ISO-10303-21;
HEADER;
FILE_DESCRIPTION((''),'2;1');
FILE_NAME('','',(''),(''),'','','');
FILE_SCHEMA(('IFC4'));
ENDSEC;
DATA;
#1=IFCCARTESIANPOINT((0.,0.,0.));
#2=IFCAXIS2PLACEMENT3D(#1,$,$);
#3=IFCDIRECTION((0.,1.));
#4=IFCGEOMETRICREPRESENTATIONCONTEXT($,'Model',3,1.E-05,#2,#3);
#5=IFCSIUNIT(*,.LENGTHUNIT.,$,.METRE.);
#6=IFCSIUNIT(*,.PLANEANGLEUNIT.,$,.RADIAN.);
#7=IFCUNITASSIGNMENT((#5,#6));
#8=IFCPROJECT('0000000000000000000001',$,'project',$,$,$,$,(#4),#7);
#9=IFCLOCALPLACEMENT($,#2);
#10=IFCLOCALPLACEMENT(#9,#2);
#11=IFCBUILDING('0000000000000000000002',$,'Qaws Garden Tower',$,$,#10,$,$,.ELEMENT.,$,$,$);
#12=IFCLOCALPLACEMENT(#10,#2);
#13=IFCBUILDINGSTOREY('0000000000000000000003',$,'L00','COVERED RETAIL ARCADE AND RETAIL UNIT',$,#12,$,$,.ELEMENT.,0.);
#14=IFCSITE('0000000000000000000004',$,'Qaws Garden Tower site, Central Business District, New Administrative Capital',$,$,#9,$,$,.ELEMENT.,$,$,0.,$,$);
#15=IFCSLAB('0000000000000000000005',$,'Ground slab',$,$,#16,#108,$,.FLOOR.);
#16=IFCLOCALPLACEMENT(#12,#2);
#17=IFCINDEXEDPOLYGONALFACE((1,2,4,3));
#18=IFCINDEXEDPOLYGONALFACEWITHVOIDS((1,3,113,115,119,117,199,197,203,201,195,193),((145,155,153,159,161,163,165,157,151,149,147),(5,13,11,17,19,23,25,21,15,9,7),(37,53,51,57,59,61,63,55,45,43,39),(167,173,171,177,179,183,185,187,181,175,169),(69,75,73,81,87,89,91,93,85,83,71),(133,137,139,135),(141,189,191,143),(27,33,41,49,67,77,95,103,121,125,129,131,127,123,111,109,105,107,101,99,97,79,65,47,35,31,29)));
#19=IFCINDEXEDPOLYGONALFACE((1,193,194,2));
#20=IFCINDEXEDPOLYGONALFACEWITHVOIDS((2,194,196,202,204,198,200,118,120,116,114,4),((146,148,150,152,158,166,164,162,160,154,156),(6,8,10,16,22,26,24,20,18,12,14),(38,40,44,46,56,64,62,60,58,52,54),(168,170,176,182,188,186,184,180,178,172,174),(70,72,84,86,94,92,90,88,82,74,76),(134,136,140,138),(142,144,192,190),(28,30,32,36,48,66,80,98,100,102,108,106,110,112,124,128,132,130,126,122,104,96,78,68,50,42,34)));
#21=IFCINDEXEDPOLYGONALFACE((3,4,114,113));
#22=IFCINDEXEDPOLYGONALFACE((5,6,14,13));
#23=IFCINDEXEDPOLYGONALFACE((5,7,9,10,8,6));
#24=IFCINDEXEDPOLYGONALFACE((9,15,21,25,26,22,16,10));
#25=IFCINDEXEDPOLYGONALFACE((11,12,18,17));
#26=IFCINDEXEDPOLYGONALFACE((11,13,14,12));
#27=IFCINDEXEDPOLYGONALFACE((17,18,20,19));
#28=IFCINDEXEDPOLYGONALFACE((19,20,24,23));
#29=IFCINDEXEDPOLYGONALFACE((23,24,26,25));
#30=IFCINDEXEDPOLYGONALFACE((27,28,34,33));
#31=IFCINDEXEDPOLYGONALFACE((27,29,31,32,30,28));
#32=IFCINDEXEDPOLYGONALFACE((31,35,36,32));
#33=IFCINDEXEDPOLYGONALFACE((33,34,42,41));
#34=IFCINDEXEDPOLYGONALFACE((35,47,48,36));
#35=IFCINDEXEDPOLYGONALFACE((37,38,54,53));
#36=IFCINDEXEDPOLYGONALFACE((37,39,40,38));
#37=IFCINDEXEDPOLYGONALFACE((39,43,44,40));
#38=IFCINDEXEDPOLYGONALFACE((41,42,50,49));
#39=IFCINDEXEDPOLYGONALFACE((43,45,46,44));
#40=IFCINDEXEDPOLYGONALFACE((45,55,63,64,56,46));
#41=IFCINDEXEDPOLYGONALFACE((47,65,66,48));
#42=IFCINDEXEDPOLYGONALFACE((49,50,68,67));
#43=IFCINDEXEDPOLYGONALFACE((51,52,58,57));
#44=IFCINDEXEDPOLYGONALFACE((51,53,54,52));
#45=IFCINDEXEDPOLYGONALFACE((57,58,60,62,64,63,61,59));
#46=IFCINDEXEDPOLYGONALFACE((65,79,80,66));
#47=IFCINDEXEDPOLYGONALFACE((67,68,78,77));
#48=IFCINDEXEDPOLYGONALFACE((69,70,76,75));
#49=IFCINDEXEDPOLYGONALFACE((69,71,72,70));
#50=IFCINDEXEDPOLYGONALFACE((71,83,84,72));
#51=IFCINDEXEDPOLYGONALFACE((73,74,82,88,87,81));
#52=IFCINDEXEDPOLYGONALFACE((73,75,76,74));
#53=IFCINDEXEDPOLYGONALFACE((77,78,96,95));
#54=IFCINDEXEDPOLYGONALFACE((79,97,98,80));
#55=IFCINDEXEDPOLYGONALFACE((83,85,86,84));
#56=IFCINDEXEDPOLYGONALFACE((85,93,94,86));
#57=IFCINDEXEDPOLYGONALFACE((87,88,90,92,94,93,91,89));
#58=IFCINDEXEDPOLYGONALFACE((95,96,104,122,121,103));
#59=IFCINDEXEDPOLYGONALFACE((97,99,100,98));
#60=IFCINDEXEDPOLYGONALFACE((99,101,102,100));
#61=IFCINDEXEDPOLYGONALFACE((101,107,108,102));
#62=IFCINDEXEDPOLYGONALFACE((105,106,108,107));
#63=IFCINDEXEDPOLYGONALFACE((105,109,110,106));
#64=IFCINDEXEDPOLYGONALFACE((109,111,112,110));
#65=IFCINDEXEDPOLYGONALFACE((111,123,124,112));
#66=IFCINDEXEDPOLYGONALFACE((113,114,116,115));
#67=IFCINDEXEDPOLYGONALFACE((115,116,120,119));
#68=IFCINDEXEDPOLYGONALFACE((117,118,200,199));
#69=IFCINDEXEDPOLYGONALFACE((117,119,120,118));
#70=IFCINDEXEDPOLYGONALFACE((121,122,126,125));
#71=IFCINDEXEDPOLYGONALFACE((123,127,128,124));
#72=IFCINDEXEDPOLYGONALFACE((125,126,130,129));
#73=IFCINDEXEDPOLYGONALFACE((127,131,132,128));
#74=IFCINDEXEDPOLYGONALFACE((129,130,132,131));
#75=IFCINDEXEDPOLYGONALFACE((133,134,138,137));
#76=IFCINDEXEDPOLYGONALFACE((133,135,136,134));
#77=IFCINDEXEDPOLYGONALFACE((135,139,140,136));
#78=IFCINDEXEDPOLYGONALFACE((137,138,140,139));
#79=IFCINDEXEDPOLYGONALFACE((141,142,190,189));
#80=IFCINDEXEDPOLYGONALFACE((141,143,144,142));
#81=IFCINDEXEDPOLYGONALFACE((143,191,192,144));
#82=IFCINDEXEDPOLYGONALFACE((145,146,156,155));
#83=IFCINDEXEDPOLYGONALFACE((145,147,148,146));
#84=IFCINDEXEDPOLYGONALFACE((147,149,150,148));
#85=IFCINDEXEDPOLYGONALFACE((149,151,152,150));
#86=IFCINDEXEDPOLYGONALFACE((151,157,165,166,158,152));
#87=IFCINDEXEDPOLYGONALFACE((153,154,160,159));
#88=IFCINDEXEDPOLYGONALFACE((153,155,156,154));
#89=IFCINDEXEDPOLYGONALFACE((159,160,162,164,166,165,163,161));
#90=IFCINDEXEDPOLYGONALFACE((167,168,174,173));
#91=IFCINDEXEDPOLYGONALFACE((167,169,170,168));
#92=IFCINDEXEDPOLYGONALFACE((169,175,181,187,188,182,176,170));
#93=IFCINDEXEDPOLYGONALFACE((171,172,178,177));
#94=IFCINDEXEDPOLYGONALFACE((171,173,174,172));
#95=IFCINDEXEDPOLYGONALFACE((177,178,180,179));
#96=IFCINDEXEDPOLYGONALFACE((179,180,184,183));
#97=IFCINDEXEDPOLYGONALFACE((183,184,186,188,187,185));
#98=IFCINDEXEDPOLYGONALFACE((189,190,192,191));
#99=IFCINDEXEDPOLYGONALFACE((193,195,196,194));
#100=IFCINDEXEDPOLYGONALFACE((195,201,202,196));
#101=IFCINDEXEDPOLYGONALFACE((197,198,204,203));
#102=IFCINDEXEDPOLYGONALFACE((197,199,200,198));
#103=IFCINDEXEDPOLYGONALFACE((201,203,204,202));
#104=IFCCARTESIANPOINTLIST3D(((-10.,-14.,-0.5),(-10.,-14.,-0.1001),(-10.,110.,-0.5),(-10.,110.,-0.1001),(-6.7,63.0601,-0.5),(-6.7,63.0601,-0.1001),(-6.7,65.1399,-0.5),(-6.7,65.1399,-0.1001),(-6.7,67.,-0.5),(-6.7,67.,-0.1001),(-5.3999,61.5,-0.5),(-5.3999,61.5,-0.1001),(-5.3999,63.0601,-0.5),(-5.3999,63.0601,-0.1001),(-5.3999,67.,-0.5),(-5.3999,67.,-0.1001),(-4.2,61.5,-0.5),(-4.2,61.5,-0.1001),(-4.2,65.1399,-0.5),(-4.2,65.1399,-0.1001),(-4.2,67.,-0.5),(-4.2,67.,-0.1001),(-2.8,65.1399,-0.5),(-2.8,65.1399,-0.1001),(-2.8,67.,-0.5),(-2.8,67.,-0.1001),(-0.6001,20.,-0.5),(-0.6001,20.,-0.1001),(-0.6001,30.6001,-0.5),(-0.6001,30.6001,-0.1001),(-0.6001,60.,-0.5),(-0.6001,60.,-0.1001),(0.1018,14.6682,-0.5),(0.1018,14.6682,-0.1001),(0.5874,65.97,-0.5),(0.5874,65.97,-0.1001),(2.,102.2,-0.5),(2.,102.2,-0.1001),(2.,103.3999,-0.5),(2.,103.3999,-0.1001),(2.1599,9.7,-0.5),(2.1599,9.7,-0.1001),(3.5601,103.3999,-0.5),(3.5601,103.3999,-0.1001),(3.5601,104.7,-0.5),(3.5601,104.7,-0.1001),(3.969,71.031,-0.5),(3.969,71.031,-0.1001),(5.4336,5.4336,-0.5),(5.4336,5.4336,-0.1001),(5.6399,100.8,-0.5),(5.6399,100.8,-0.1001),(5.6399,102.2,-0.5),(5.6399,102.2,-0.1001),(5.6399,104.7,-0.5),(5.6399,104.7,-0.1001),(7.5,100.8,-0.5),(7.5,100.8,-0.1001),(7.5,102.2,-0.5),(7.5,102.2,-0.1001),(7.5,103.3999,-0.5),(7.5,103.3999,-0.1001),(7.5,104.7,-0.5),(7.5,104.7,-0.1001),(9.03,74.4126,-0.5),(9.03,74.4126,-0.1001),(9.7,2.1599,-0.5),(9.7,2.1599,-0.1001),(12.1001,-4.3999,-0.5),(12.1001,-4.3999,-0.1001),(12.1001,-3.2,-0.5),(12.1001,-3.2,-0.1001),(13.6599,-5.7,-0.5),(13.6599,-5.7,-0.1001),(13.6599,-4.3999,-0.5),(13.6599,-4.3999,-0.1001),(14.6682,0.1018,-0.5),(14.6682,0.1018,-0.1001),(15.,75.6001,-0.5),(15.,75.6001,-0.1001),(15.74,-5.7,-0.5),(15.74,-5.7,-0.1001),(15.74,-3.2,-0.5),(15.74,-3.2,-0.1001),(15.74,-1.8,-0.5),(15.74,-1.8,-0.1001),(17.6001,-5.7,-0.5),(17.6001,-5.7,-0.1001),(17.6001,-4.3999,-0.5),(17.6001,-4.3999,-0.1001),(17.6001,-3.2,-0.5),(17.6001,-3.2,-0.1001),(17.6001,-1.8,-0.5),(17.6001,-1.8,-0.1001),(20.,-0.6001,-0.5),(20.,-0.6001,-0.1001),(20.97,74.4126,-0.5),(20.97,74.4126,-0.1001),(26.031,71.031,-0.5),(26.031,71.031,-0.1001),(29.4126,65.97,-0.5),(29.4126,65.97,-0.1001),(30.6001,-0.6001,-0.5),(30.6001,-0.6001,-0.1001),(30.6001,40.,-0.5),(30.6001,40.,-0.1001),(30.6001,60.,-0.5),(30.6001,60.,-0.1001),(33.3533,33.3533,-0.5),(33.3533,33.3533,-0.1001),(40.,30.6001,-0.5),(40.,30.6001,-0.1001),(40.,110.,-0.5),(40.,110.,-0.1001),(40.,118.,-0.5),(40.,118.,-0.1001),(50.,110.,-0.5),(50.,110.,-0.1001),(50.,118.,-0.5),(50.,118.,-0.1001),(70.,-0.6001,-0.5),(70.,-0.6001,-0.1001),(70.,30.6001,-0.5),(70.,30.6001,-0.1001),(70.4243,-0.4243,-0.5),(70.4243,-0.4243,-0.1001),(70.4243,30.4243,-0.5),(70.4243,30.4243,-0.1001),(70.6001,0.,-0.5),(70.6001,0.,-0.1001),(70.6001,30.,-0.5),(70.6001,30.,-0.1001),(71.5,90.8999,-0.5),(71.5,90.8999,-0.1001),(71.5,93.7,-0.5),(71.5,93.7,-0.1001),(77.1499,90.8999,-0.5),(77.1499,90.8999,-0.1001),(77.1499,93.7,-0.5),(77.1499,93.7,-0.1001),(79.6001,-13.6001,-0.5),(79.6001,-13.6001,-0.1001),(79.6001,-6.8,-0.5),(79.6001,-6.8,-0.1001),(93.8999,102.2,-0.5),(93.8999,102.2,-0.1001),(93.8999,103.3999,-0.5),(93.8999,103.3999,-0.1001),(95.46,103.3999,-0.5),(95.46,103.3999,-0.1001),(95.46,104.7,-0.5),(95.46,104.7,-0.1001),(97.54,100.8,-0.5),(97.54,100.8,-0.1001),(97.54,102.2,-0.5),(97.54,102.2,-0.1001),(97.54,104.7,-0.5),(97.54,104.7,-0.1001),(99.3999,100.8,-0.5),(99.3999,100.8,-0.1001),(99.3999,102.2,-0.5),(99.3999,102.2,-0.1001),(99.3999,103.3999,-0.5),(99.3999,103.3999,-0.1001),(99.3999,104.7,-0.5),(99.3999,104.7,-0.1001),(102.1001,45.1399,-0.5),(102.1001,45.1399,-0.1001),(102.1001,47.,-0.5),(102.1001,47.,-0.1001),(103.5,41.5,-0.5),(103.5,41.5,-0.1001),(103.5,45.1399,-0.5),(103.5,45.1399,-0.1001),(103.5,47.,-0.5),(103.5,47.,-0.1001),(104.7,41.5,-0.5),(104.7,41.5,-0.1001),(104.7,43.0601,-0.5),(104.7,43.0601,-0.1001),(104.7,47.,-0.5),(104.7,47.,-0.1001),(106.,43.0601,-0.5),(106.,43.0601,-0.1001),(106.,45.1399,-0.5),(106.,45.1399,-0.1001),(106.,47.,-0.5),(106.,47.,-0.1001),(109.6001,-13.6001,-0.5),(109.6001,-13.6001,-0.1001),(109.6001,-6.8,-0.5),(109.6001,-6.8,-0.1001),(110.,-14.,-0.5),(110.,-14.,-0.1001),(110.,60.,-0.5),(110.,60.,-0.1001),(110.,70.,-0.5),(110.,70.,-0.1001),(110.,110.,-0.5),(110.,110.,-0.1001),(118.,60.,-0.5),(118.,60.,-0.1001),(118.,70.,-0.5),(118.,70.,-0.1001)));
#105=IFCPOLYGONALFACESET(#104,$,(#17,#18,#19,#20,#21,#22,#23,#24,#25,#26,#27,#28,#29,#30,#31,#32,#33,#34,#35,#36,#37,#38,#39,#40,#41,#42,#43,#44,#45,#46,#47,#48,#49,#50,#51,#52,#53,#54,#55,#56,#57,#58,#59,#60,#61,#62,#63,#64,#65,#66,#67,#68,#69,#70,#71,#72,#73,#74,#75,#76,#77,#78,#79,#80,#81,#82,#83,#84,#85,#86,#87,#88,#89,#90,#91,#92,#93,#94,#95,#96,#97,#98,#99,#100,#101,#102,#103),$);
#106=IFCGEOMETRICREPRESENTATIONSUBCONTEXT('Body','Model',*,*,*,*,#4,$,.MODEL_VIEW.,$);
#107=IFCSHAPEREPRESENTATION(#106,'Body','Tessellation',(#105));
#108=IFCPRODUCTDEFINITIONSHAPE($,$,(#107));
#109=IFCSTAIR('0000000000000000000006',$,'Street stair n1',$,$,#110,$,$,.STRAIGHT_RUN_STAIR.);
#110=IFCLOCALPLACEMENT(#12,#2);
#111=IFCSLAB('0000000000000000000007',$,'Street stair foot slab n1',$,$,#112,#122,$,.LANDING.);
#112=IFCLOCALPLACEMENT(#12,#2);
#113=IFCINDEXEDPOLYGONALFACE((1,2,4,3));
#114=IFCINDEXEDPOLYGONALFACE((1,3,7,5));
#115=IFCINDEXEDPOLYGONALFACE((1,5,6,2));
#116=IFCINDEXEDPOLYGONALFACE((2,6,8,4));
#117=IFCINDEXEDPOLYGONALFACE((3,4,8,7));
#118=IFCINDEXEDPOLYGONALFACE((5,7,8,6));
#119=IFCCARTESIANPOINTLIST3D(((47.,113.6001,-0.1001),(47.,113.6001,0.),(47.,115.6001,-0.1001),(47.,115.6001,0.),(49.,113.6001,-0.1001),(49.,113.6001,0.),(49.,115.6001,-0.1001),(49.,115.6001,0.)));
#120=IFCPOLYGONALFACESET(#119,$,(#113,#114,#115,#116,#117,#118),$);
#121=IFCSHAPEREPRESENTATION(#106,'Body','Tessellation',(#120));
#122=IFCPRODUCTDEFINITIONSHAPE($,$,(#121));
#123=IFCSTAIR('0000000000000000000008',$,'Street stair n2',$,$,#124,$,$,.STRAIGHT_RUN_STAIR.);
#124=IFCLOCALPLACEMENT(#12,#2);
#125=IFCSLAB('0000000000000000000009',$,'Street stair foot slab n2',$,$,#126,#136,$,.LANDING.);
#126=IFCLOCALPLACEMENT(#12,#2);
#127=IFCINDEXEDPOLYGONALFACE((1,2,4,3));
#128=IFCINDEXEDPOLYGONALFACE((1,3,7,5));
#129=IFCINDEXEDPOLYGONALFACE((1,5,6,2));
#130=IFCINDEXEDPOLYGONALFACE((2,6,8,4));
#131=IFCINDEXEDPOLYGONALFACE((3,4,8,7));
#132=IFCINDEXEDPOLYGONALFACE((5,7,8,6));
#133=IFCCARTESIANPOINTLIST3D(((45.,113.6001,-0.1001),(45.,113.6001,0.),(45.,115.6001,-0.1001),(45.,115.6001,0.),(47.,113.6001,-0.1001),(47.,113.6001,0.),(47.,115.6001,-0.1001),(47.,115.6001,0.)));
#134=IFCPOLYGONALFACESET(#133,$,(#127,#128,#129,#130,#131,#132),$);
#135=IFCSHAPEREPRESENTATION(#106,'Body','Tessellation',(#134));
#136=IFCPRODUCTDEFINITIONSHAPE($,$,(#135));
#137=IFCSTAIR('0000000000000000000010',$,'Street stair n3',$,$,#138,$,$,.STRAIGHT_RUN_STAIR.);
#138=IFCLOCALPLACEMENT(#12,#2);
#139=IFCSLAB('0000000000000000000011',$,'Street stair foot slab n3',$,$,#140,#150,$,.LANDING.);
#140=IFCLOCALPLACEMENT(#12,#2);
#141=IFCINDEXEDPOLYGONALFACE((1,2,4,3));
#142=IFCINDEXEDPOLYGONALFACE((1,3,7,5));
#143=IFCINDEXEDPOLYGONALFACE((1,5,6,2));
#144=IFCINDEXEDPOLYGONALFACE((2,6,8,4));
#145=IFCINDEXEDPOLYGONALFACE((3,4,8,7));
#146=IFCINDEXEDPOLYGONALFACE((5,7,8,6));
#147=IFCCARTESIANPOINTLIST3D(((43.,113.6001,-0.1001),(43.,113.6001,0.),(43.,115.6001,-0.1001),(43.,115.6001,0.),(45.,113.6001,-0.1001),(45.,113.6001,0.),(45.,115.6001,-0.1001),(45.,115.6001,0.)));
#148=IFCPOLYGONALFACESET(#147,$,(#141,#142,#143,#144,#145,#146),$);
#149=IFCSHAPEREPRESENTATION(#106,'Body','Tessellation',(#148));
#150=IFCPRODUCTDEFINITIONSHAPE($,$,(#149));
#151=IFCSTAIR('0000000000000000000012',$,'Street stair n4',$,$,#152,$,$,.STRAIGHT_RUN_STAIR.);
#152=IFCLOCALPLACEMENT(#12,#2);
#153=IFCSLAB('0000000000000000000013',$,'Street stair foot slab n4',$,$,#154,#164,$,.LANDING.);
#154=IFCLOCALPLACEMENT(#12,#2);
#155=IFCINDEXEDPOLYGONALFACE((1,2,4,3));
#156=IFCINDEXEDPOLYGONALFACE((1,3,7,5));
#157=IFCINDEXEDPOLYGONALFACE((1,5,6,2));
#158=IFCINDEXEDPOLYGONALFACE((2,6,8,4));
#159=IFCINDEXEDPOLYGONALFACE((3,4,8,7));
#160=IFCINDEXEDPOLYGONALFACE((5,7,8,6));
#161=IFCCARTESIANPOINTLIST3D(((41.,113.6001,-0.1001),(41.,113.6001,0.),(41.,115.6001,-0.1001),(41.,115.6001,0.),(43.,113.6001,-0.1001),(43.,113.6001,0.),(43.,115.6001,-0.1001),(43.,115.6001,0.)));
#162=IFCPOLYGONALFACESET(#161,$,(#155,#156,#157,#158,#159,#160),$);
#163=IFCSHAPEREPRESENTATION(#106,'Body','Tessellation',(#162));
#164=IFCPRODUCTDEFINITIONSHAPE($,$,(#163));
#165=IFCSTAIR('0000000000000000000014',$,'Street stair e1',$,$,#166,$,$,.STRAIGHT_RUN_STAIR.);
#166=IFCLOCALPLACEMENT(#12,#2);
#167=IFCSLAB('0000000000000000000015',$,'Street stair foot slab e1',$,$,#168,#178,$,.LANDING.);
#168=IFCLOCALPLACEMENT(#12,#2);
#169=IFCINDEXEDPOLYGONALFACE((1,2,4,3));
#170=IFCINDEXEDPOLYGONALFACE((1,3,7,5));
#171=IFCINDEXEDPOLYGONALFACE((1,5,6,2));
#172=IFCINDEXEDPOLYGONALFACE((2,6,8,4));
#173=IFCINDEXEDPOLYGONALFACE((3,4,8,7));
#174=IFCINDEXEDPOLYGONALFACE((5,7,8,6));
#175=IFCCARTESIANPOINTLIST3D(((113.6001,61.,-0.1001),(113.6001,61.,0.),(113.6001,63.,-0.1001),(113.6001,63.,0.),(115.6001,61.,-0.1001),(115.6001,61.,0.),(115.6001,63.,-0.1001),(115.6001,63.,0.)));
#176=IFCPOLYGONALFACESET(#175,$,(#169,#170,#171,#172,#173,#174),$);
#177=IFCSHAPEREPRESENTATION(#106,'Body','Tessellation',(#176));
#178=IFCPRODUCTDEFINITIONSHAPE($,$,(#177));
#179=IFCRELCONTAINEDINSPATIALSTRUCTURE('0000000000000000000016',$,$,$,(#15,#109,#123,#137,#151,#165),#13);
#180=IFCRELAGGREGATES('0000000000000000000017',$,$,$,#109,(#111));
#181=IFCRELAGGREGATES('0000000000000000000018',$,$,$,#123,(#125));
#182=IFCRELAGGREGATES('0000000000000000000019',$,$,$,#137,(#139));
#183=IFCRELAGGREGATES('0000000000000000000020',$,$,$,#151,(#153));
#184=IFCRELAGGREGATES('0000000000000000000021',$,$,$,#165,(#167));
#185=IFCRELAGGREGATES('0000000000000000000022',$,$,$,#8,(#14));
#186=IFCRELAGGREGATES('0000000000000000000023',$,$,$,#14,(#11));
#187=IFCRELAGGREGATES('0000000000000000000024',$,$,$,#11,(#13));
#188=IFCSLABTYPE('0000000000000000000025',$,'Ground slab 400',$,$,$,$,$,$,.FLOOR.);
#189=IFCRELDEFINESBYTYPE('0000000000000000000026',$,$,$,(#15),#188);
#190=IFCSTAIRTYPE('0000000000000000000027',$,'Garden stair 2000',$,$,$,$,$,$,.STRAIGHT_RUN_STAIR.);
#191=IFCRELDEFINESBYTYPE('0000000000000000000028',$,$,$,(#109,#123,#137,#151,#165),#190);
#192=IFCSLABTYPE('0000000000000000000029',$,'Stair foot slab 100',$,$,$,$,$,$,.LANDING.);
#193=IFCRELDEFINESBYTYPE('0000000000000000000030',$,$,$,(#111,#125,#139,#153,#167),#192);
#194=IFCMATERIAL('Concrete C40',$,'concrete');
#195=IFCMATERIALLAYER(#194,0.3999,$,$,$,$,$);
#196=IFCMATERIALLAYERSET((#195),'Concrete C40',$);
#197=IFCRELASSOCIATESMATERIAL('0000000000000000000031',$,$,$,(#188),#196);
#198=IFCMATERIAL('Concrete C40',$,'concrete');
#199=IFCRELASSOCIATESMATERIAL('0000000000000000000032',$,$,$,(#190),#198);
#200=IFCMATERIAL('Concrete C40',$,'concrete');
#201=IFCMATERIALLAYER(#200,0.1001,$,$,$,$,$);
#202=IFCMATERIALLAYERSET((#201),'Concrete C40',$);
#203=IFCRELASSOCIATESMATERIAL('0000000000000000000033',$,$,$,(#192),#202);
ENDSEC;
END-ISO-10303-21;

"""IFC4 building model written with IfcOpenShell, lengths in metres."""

from ifc_helpers import new_model, si_unit, direction, frame, origin, place, context, subcontext, project, spatial, polyline, outline, extrude, material, layer, layer_set, type_object, element, aggregate, save


model = new_model("IFC4")

# Units and contexts
model_context = context("Model", 3, precision=1e-05, world=origin(), true_north=direction((0.0, 1.0)))
body_context = subcontext(model_context, "Body", "Model", "MODEL_VIEW")
ifc_project = project(units=[si_unit("LENGTHUNIT", "METRE"), si_unit("PLANEANGLEUNIT", "RADIAN")], contexts=[model_context])

# Site, building, storey
site_placement = place(None, origin())
site = spatial("IfcSite", under=ifc_project, at=site_placement, Name="Qaws Garden Tower site, Central Business District, New Administrative Capital", CompositionType="ELEMENT", RefElevation=0.0)
building_placement = place(site_placement, origin())
building = spatial("IfcBuilding", under=site, at=building_placement, Name="Qaws Garden Tower", CompositionType="ELEMENT")
storey_placement = place(building_placement, origin())
storey = spatial("IfcBuildingStorey", under=building, at=storey_placement, Name="L00", Description="COVERED RETAIL ARCADE AND RETAIL UNIT", CompositionType="ELEMENT", Elevation=0.0)

# Slab
ifc_material_1 = material(Name="Concrete C40", Category="concrete")
ifc_layer_1 = layer(ifc_material_1, 0.3999)
ifc_layer_set_1 = layer_set([ifc_layer_1], Name="Concrete C40")
slab_type_1 = type_object("IfcSlabType", Name="Ground slab 400", PredefinedType="FLOOR", material=ifc_layer_set_1)
slab_1_placement = place(storey_placement, frame((0.0, 0.0, -0.5)))
element("IfcSlab", 1, at=slab_1_placement, inside=storey, type_object=slab_type_1, Name="Ground slab", PredefinedType="FLOOR", context=body_context, shape_type="SweptSolid", body=[
    extrude(outline(polyline([(-10.0, -14.0), (110.0, -14.0), (110.0, 60.0), (118.0, 60.0), (118.0, 70.0), (110.0, 70.0), (110.0, 110.0), (50.0, 110.0), (50.0, 118.0), (40.0, 118.0), (40.0, 110.0), (-10.0, 110.0), (-10.0, -14.0)]), holes=[polyline([(79.6001, -6.8), (79.6001, -13.6001), (109.6001, -13.6001), (109.6001, -6.8), (79.6001, -6.8)]), polyline([(13.6599, -5.7), (15.74, -5.7), (17.6001, -5.7), (17.6001, -4.3999), (17.6001, -3.2), (17.6001, -1.8), (15.74, -1.8), (15.74, -3.2), (12.1001, -3.2), (12.1001, -4.3999), (13.6599, -4.3999), (13.6599, -5.7)]), polyline([(-0.6001, 20.0), (0.1018, 14.6682), (2.1599, 9.7), (5.4336, 5.4336), (9.7, 2.1599), (14.6682, 0.1018), (20.0, -0.6001), (30.6001, -0.6001), (70.0, -0.6001), (70.4243, -0.4243), (70.6001, 0.0), (70.6001, 30.0), (70.4243, 30.4243), (70.0, 30.6001), (40.0, 30.6001), (33.3533, 33.3533), (30.6001, 40.0), (30.6001, 60.0), (29.4126, 65.97), (26.031, 71.031), (20.97, 74.4126), (15.0, 75.6001), (9.03, 74.4126), (3.969, 71.031), (0.5874, 65.97), (-0.6001, 60.0), (-0.6001, 60.0), (-0.6001, 30.6001), (-0.6001, 20.0)]), polyline([(102.1001, 47.0), (102.1001, 45.1399), (103.5, 45.1399), (103.5, 41.5), (104.7, 41.5), (104.7, 43.0601), (106.0, 43.0601), (106.0, 45.1399), (106.0, 47.0), (104.7, 47.0), (103.5, 47.0), (102.1001, 47.0)]), polyline([(-5.3999, 63.0601), (-5.3999, 61.5), (-4.2, 61.5), (-4.2, 65.1399), (-2.8, 65.1399), (-2.8, 67.0), (-4.2, 67.0), (-5.3999, 67.0), (-6.7, 67.0), (-6.7, 65.1399), (-6.7, 63.0601), (-5.3999, 63.0601)]), polyline([(71.5, 93.7), (71.5, 90.8999), (77.1499, 90.8999), (77.1499, 93.7), (71.5, 93.7)]), polyline([(5.6399, 102.2), (5.6399, 100.8), (7.5, 100.8), (7.5, 102.2), (7.5, 103.3999), (7.5, 104.7), (5.6399, 104.7), (3.5601, 104.7), (3.5601, 103.3999), (2.0, 103.3999), (2.0, 102.2), (5.6399, 102.2)]), polyline([(97.54, 102.2), (97.54, 100.8), (99.3999, 100.8), (99.3999, 102.2), (99.3999, 103.3999), (99.3999, 104.7), (97.54, 104.7), (95.46, 104.7), (95.46, 103.3999), (93.8999, 103.3999), (93.8999, 102.2), (97.54, 102.2)])]), origin(), (0.0, 0.0, 1.0), 0.3999),
])
placement_1 = place(storey_placement, frame((0.0, 0.0, -0.1001)))

# Stairs, slabs
ifc_material_2 = material(Name="Concrete C40", Category="concrete")
stair_type = type_object("IfcStairType", Name="Garden stair 2000", PredefinedType="STRAIGHT_RUN_STAIR", material=ifc_material_2)
placement_2 = place(storey_placement, origin())
stair_1 = element("IfcStair", 2, at=placement_2, inside=storey, type_object=stair_type, Name="Street stair n1", PredefinedType="STRAIGHT_RUN_STAIR")
ifc_material_3 = material(Name="Concrete C40", Category="concrete")
ifc_layer_2 = layer(ifc_material_3, 0.1001)
ifc_layer_set_2 = layer_set([ifc_layer_2], Name="Concrete C40")
slab_type_2 = type_object("IfcSlabType", Name="Stair foot slab 100", PredefinedType="LANDING", material=ifc_layer_set_2)
slab_2 = element("IfcSlab", 3, at=placement_1, type_object=slab_type_2, Name="Street stair foot slab n1", PredefinedType="LANDING", context=body_context, shape_type="SweptSolid", body=[
    extrude(outline(polyline([(49.0, 113.6001), (49.0, 115.6001), (47.0, 115.6001), (47.0, 113.6001), (49.0, 113.6001)])), origin(), (0.0, 0.0, 1.0), 0.1001),
])
stair_2 = element("IfcStair", 4, at=placement_2, inside=storey, type_object=stair_type, Name="Street stair n2", PredefinedType="STRAIGHT_RUN_STAIR")
slab_3 = element("IfcSlab", 5, at=placement_1, type_object=slab_type_2, Name="Street stair foot slab n2", PredefinedType="LANDING", context=body_context, shape_type="SweptSolid", body=[
    extrude(outline(polyline([(47.0, 113.6001), (47.0, 115.6001), (45.0, 115.6001), (45.0, 113.6001), (47.0, 113.6001)])), origin(), (0.0, 0.0, 1.0), 0.1001),
])
stair_3 = element("IfcStair", 6, at=placement_2, inside=storey, type_object=stair_type, Name="Street stair n3", PredefinedType="STRAIGHT_RUN_STAIR")
slab_4 = element("IfcSlab", 7, at=placement_1, type_object=slab_type_2, Name="Street stair foot slab n3", PredefinedType="LANDING", context=body_context, shape_type="SweptSolid", body=[
    extrude(outline(polyline([(45.0, 113.6001), (45.0, 115.6001), (43.0, 115.6001), (43.0, 113.6001), (45.0, 113.6001)])), origin(), (0.0, 0.0, 1.0), 0.1001),
])
stair_4 = element("IfcStair", 8, at=placement_2, inside=storey, type_object=stair_type, Name="Street stair n4", PredefinedType="STRAIGHT_RUN_STAIR")
slab_5 = element("IfcSlab", 9, at=placement_1, type_object=slab_type_2, Name="Street stair foot slab n4", PredefinedType="LANDING", context=body_context, shape_type="SweptSolid", body=[
    extrude(outline(polyline([(43.0, 113.6001), (43.0, 115.6001), (41.0, 115.6001), (41.0, 113.6001), (43.0, 113.6001)])), origin(), (0.0, 0.0, 1.0), 0.1001),
])
stair_5 = element("IfcStair", 10, at=placement_2, inside=storey, type_object=stair_type, Name="Street stair e1", PredefinedType="STRAIGHT_RUN_STAIR")
slab_6 = element("IfcSlab", 11, at=placement_1, type_object=slab_type_2, Name="Street stair foot slab e1", PredefinedType="LANDING", context=body_context, shape_type="SweptSolid", body=[
    extrude(outline(polyline([(113.6001, 61.0), (115.6001, 61.0), (115.6001, 63.0), (113.6001, 63.0), (113.6001, 61.0)])), origin(), (0.0, 0.0, 1.0), 0.1001),
])

aggregate(stair_1, [slab_2])
aggregate(stair_2, [slab_3])
aggregate(stair_3, [slab_4])
aggregate(stair_4, [slab_5])
aggregate(stair_5, [slab_6])

save(model, "model.ifc")
